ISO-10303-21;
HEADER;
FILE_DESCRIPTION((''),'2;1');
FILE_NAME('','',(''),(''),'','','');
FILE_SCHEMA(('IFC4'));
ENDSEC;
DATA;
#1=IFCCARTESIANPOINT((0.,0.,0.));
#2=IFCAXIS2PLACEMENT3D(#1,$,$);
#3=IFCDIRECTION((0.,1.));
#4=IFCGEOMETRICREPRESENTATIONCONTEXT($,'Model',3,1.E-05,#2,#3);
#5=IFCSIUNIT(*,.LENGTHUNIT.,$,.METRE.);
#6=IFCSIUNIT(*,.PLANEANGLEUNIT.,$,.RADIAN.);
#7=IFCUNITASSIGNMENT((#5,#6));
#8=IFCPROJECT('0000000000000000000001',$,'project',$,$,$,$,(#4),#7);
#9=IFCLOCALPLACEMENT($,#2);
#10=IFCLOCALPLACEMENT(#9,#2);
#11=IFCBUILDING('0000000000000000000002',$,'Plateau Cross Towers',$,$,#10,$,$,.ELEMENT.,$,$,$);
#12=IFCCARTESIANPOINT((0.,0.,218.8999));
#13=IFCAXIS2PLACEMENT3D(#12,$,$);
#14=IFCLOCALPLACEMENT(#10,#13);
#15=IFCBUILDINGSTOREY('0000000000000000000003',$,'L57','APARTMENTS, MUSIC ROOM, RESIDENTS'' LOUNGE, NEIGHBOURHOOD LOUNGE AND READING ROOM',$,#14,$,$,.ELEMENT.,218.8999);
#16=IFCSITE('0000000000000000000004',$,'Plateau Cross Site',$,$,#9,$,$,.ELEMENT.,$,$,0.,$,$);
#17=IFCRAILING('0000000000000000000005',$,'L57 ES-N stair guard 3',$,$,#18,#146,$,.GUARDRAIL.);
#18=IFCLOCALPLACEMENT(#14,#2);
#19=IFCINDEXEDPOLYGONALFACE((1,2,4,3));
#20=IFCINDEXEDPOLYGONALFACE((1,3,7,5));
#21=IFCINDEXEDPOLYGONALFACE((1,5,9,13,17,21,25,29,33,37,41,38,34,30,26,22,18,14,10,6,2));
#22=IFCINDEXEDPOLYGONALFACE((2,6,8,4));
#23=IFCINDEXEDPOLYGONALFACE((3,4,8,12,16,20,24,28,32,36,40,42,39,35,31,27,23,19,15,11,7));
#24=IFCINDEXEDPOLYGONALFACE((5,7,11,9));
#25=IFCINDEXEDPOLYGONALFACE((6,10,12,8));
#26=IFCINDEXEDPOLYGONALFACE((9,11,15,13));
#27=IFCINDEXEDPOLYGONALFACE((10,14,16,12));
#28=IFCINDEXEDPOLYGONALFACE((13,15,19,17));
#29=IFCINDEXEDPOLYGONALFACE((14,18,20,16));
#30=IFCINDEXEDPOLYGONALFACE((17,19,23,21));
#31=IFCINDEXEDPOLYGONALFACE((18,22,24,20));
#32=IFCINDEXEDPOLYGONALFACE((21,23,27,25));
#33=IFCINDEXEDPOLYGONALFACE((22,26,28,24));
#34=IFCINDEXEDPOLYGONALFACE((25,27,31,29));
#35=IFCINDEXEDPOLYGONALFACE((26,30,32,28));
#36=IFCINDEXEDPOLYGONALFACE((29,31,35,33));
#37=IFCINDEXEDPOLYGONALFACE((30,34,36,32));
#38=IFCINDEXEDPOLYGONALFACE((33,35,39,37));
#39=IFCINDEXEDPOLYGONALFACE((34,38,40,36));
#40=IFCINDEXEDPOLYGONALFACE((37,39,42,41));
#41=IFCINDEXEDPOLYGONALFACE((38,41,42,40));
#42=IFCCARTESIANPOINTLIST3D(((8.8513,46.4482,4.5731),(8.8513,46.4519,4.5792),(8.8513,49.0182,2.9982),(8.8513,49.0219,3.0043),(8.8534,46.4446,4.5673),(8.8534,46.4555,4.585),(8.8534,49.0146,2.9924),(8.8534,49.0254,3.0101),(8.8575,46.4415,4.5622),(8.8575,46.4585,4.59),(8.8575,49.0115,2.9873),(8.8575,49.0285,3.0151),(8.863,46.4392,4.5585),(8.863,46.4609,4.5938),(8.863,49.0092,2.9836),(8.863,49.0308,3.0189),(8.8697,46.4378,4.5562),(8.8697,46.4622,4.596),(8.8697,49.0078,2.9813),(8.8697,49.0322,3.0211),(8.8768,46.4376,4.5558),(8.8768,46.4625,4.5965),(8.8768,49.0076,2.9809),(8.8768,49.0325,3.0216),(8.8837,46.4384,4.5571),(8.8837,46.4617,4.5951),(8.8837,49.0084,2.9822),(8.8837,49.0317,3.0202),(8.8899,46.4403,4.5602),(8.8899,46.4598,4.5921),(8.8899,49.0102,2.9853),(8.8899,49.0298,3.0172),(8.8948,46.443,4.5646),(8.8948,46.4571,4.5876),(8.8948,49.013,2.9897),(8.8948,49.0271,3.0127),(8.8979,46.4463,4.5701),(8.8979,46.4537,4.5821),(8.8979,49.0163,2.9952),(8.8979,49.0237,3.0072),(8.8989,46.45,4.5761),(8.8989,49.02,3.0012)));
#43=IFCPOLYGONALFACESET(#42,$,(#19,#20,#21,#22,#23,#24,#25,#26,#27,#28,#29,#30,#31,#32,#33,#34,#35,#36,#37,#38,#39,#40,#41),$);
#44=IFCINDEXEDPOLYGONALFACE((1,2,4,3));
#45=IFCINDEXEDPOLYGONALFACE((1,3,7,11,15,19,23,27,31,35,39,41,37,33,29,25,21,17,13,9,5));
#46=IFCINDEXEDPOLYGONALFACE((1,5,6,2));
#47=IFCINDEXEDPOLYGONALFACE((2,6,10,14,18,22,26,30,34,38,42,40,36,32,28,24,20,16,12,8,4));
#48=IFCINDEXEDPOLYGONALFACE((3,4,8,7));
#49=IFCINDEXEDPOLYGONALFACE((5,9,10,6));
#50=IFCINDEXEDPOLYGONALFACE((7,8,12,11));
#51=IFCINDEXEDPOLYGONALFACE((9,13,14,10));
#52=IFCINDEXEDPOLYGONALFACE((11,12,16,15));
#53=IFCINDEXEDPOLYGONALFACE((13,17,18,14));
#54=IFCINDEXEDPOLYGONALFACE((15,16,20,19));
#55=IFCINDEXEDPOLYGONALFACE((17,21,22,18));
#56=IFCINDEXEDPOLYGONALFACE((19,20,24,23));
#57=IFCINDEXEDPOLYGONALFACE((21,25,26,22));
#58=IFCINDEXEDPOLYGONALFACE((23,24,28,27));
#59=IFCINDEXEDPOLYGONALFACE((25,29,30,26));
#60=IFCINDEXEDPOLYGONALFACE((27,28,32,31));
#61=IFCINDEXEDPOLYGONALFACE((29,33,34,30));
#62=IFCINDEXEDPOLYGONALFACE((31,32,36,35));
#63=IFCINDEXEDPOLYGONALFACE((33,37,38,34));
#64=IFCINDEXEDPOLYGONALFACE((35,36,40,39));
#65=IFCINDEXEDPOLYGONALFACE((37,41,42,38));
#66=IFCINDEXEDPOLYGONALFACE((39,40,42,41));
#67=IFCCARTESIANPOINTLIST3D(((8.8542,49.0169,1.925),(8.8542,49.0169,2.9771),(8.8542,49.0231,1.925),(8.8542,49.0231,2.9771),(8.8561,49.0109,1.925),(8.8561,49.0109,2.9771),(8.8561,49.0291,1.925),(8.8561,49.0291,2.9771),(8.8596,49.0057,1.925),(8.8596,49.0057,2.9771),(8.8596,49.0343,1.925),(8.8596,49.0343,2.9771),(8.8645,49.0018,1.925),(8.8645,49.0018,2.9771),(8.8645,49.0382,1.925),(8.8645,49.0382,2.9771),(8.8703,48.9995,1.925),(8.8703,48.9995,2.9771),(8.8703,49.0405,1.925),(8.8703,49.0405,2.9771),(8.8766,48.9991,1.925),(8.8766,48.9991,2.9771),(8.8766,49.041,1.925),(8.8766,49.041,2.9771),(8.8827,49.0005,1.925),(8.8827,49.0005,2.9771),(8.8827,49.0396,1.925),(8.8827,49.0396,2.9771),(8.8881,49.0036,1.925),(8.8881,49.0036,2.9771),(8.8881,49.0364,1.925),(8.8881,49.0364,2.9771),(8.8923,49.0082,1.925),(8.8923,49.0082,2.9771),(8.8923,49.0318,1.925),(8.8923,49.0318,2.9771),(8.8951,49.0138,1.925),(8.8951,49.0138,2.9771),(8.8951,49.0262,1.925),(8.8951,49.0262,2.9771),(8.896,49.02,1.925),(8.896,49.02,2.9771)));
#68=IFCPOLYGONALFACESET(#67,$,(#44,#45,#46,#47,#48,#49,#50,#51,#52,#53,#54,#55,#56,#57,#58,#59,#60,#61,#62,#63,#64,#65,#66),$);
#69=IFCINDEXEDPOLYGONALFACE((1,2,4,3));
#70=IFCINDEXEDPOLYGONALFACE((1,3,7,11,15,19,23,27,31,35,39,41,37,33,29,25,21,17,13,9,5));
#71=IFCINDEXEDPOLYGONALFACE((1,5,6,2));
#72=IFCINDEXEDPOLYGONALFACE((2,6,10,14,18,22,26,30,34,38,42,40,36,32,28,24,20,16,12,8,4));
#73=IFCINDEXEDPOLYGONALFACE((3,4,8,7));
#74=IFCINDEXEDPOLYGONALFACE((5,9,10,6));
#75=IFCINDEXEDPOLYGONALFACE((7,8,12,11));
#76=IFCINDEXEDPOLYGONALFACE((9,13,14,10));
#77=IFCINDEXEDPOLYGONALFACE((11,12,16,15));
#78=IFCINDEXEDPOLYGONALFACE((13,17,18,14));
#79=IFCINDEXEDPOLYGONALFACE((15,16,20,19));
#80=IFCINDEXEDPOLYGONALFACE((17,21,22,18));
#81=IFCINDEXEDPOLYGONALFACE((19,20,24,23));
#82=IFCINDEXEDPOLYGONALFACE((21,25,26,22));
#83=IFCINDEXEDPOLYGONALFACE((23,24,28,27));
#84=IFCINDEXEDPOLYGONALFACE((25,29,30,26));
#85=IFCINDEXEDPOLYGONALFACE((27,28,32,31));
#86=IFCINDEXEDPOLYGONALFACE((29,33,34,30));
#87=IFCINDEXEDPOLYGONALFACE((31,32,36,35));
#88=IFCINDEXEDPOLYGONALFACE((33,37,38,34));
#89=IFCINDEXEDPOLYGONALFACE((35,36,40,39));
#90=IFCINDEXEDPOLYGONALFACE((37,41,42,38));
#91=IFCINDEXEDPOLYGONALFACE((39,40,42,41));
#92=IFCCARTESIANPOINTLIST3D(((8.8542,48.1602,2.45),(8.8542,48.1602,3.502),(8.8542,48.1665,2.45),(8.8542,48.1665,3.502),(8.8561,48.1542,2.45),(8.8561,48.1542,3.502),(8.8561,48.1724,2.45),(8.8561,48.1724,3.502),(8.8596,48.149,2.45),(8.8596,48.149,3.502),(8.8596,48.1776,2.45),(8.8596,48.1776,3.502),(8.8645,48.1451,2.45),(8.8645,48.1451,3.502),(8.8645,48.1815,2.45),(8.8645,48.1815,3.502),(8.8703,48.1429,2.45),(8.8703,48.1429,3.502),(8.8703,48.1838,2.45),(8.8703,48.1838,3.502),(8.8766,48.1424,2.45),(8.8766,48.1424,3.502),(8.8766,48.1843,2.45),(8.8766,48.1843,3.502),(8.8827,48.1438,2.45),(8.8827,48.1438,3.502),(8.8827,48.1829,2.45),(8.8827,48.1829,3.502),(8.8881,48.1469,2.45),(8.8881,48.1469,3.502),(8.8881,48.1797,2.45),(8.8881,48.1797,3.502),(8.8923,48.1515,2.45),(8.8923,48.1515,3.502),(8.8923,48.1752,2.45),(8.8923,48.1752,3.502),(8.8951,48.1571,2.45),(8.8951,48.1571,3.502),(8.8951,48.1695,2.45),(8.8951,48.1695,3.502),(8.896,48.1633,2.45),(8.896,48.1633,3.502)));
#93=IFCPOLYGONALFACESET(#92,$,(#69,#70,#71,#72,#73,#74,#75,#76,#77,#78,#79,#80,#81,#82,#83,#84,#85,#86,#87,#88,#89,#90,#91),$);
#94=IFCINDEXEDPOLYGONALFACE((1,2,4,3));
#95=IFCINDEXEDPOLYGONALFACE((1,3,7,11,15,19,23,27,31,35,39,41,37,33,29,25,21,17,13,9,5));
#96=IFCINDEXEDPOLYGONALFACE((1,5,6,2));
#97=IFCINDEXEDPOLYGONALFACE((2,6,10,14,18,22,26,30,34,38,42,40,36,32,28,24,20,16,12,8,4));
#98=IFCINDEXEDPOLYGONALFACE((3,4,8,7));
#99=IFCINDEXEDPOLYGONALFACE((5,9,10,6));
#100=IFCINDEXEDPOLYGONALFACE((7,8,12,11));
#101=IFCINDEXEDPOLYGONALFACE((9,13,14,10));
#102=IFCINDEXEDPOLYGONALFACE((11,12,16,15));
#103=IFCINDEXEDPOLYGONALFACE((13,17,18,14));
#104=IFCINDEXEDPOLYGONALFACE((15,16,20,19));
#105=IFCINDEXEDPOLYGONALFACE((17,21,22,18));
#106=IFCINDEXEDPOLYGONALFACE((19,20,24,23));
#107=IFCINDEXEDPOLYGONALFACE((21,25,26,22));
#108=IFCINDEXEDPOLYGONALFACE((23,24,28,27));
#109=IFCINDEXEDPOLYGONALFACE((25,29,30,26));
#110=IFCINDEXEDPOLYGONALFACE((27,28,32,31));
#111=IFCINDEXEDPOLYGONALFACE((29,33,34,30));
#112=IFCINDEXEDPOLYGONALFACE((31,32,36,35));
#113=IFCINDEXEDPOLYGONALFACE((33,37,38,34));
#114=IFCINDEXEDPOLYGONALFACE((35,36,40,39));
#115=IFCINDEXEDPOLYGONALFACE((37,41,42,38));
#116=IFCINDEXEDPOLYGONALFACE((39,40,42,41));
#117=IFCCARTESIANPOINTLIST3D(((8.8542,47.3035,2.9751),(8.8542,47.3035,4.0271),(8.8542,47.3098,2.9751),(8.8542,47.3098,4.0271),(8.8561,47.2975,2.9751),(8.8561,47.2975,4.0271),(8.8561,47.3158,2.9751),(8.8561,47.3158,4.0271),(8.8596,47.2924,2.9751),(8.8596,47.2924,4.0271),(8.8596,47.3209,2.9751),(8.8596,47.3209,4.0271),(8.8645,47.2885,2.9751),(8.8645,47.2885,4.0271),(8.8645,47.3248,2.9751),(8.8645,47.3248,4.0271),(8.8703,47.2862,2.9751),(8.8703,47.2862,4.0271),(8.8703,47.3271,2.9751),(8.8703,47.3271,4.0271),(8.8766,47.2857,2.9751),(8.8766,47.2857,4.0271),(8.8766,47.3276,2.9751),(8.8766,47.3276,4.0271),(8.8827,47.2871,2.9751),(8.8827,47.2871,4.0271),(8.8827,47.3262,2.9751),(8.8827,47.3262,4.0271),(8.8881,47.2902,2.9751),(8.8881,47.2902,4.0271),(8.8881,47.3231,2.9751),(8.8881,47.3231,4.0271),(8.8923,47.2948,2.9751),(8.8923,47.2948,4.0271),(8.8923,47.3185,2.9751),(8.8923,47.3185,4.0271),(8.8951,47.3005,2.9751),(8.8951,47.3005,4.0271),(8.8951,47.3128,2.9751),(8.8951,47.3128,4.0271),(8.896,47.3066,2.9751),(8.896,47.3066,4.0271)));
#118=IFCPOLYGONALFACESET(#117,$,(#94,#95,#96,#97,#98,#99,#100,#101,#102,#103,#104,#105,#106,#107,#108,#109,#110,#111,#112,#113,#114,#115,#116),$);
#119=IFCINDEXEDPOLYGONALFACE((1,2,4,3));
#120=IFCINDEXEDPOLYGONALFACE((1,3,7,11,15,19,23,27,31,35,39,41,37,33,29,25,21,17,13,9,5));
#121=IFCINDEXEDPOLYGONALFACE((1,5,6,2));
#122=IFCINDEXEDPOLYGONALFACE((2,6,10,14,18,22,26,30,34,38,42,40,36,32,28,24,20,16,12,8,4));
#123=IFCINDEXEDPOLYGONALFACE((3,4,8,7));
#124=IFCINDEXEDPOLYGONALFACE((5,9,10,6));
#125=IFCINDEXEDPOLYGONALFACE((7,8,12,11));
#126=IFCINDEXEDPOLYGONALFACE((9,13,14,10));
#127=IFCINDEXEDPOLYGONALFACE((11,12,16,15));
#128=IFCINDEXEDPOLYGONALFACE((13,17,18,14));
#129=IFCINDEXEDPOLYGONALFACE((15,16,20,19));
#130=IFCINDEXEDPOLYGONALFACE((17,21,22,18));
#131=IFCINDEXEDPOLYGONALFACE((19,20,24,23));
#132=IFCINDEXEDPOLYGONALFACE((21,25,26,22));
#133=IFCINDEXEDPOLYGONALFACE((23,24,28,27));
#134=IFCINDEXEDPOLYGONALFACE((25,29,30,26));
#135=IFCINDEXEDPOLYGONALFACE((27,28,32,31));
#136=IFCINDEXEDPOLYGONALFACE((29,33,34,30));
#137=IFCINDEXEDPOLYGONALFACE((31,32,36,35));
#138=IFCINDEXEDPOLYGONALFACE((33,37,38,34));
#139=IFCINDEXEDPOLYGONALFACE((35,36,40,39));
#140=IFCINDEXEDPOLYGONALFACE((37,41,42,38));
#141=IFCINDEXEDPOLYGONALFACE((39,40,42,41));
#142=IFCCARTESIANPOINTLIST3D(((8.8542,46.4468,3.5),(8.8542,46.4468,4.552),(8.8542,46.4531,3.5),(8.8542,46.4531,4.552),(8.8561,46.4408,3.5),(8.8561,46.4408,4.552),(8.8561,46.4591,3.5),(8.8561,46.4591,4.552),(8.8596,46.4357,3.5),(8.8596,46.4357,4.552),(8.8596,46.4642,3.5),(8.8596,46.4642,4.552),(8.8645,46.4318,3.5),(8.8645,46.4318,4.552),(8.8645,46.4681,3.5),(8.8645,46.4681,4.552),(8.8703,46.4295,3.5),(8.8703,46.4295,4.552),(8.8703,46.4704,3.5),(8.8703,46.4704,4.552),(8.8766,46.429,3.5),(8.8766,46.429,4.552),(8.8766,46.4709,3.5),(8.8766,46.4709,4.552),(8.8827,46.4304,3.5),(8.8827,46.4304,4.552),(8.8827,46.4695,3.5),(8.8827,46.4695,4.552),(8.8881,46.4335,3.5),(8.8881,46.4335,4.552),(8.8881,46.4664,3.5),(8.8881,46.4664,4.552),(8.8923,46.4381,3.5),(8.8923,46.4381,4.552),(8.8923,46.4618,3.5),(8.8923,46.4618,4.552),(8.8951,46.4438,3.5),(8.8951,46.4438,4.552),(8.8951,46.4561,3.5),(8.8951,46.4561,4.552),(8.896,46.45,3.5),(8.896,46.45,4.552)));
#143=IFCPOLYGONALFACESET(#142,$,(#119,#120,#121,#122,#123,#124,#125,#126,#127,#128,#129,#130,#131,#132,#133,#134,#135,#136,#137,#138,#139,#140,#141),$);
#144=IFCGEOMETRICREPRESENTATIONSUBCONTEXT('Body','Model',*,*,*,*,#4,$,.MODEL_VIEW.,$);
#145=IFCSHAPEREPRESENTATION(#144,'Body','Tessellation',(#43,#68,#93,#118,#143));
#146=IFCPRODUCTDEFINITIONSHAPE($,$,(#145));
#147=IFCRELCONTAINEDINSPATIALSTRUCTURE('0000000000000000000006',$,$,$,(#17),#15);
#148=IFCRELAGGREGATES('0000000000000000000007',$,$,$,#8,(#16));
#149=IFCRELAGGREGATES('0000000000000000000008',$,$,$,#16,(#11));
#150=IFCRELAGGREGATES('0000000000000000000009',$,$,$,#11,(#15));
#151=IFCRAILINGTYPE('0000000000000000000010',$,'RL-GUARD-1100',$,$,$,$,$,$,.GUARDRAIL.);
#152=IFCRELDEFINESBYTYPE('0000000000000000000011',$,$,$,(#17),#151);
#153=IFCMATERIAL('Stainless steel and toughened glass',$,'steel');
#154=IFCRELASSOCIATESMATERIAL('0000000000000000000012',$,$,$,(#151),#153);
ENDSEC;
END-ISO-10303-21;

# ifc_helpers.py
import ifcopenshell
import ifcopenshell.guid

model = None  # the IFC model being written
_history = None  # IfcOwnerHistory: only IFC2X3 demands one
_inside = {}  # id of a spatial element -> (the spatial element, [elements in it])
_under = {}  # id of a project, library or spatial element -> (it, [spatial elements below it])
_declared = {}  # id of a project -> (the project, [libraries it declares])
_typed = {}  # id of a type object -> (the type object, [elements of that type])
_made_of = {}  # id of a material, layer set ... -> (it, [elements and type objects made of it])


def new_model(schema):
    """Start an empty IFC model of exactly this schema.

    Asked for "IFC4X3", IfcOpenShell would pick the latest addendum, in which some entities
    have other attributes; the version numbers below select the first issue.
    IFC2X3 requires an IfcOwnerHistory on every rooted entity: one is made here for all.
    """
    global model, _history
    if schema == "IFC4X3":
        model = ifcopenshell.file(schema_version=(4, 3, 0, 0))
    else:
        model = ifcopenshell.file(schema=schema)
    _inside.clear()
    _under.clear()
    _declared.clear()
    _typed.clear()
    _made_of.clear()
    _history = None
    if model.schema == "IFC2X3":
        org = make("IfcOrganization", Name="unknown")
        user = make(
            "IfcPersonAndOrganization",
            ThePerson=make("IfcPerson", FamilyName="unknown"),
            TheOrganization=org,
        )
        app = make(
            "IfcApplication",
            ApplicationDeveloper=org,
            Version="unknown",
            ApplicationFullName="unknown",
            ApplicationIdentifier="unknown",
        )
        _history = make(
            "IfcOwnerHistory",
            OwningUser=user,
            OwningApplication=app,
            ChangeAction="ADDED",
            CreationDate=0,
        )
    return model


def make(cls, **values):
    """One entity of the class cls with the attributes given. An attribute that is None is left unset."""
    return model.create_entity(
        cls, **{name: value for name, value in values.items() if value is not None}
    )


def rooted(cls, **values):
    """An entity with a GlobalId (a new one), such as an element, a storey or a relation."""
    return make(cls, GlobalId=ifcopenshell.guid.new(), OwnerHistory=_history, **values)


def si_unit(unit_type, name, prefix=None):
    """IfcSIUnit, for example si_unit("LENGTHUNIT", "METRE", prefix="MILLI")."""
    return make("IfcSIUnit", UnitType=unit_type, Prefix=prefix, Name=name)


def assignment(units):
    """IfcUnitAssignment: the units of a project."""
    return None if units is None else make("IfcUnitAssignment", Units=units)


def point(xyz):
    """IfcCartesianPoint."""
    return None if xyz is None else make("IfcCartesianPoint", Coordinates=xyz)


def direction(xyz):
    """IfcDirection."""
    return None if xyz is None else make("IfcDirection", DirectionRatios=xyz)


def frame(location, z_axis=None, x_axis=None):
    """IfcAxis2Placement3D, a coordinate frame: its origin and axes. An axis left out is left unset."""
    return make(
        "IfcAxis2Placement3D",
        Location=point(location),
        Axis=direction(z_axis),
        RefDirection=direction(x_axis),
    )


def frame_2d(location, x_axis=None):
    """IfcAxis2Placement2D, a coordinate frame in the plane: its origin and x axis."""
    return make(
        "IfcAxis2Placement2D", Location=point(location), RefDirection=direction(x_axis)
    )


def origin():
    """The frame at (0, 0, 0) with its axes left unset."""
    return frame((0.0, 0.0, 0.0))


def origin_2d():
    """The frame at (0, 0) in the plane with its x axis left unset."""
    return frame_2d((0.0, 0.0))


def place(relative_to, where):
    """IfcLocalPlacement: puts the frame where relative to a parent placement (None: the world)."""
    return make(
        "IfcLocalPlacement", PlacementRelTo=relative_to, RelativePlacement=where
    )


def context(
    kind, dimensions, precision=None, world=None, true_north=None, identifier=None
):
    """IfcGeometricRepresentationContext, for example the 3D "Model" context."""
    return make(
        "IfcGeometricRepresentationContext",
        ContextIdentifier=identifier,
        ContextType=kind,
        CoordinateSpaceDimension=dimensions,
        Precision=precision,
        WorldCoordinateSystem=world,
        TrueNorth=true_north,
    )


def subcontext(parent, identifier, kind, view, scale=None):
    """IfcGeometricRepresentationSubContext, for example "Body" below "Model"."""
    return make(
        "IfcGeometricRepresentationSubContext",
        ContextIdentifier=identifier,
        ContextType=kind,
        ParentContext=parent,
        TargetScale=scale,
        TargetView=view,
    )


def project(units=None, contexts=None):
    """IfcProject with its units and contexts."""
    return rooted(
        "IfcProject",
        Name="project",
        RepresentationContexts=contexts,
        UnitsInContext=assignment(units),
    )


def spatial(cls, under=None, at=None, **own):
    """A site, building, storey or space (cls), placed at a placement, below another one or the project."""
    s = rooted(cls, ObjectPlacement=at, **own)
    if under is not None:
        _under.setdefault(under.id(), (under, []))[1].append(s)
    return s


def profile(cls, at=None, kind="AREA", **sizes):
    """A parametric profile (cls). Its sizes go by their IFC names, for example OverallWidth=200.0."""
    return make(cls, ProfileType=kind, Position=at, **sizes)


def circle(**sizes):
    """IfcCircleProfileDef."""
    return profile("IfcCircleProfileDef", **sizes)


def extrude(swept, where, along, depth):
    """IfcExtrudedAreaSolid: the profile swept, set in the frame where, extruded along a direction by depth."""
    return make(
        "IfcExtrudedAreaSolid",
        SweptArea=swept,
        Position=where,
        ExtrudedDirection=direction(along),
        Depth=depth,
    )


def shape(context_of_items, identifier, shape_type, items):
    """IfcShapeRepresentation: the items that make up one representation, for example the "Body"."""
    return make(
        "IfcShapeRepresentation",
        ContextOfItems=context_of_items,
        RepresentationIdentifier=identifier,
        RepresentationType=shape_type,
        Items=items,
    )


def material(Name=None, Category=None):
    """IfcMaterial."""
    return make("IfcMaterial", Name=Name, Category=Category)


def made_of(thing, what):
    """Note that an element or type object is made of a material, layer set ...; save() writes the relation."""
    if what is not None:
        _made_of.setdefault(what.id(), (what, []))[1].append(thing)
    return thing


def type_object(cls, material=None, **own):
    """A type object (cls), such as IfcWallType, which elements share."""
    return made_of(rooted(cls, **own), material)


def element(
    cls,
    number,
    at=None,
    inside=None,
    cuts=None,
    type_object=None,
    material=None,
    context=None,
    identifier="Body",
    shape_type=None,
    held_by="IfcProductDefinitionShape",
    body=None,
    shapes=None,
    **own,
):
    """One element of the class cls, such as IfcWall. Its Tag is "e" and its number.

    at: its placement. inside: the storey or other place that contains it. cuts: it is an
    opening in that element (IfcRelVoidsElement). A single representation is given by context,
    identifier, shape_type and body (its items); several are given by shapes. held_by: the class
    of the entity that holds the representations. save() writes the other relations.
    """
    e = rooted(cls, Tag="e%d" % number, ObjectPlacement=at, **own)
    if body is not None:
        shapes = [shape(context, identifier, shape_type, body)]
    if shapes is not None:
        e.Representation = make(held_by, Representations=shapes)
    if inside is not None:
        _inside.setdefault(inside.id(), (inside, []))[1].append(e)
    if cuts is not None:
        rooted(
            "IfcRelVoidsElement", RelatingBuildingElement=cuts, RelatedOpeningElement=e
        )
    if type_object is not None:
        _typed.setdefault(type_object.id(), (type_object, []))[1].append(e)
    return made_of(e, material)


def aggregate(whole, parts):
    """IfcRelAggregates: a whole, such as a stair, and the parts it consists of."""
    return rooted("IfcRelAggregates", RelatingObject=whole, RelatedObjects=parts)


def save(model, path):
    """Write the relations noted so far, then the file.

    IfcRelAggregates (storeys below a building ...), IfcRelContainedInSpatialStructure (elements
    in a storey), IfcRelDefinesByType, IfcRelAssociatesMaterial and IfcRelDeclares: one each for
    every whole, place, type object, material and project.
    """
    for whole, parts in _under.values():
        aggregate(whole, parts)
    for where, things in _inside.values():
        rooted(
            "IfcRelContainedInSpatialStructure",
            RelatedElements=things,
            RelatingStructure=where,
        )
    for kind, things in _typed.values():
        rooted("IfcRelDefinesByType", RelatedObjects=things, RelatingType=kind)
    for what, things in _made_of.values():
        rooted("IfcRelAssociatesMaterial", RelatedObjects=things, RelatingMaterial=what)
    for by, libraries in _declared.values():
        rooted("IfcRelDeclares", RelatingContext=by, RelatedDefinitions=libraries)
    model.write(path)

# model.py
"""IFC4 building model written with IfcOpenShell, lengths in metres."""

from ifc_helpers import new_model, si_unit, direction, frame, origin, origin_2d, place, context, subcontext, project, spatial, circle, extrude, material, type_object, element, save


model = new_model("IFC4")

# Units and contexts
model_context = context("Model", 3, precision=1e-05, world=origin(), true_north=direction((0.0, 1.0)))
body_context = subcontext(model_context, "Body", "Model", "MODEL_VIEW")
ifc_project = project(units=[si_unit("LENGTHUNIT", "METRE"), si_unit("PLANEANGLEUNIT", "RADIAN")], contexts=[model_context])

# Site, building, storey
site_placement = place(None, origin())
site = spatial("IfcSite", under=ifc_project, at=site_placement, Name="Plateau Cross Site", CompositionType="ELEMENT", RefElevation=0.0)
building_placement = place(site_placement, origin())
building = spatial("IfcBuilding", under=site, at=building_placement, Name="Plateau Cross Towers", CompositionType="ELEMENT")
storey_placement = place(building_placement, frame((0.0, 0.0, 218.8999)))
storey = spatial("IfcBuildingStorey", under=building, at=storey_placement, Name="L57", Description="APARTMENTS, MUSIC ROOM, RESIDENTS' LOUNGE, NEIGHBOURHOOD LOUNGE AND READING ROOM", CompositionType="ELEMENT", Elevation=218.8999)

# Railing
ifc_material_1 = material(Name="Stainless steel and toughened glass", Category="steel")
railing_type_1 = type_object("IfcRailingType", Name="RL-GUARD-1100", PredefinedType="GUARDRAIL", material=ifc_material_1)
railing_1_placement = place(storey_placement, frame((8.875, 49.02, 1.925)))
element("IfcRailing", 1, at=railing_1_placement, inside=storey, type_object=railing_type_1, Name="L57 ES-N stair guard 3", PredefinedType="GUARDRAIL", context=body_context, shape_type="SweptSolid", body=[
    extrude(circle(Radius=0.0239, at=origin_2d()), frame((0.0, 0.0, 1.0762), z_axis=(0.0, -0.852639, 0.522501), x_axis=(1.0, 0.0, 0.0)), (0.0, 0.0, 1.0), 3.0142),
    extrude(circle(Radius=0.021, at=origin_2d()), origin(), (0.0, 0.0, 1.0), 1.052),
    extrude(circle(Radius=0.021, at=origin_2d()), frame((0.0, -0.8567, 0.5249)), (0.0, 0.0, 1.0), 1.052),
    extrude(circle(Radius=0.021, at=origin_2d()), frame((0.0, -1.7134, 1.05)), (0.0, 0.0, 1.0), 1.052),
    extrude(circle(Radius=0.021, at=origin_2d()), frame((0.0, -2.5701, 1.575)), (0.0, 0.0, 1.0), 1.052),
])

save(model, "model.ifc")
